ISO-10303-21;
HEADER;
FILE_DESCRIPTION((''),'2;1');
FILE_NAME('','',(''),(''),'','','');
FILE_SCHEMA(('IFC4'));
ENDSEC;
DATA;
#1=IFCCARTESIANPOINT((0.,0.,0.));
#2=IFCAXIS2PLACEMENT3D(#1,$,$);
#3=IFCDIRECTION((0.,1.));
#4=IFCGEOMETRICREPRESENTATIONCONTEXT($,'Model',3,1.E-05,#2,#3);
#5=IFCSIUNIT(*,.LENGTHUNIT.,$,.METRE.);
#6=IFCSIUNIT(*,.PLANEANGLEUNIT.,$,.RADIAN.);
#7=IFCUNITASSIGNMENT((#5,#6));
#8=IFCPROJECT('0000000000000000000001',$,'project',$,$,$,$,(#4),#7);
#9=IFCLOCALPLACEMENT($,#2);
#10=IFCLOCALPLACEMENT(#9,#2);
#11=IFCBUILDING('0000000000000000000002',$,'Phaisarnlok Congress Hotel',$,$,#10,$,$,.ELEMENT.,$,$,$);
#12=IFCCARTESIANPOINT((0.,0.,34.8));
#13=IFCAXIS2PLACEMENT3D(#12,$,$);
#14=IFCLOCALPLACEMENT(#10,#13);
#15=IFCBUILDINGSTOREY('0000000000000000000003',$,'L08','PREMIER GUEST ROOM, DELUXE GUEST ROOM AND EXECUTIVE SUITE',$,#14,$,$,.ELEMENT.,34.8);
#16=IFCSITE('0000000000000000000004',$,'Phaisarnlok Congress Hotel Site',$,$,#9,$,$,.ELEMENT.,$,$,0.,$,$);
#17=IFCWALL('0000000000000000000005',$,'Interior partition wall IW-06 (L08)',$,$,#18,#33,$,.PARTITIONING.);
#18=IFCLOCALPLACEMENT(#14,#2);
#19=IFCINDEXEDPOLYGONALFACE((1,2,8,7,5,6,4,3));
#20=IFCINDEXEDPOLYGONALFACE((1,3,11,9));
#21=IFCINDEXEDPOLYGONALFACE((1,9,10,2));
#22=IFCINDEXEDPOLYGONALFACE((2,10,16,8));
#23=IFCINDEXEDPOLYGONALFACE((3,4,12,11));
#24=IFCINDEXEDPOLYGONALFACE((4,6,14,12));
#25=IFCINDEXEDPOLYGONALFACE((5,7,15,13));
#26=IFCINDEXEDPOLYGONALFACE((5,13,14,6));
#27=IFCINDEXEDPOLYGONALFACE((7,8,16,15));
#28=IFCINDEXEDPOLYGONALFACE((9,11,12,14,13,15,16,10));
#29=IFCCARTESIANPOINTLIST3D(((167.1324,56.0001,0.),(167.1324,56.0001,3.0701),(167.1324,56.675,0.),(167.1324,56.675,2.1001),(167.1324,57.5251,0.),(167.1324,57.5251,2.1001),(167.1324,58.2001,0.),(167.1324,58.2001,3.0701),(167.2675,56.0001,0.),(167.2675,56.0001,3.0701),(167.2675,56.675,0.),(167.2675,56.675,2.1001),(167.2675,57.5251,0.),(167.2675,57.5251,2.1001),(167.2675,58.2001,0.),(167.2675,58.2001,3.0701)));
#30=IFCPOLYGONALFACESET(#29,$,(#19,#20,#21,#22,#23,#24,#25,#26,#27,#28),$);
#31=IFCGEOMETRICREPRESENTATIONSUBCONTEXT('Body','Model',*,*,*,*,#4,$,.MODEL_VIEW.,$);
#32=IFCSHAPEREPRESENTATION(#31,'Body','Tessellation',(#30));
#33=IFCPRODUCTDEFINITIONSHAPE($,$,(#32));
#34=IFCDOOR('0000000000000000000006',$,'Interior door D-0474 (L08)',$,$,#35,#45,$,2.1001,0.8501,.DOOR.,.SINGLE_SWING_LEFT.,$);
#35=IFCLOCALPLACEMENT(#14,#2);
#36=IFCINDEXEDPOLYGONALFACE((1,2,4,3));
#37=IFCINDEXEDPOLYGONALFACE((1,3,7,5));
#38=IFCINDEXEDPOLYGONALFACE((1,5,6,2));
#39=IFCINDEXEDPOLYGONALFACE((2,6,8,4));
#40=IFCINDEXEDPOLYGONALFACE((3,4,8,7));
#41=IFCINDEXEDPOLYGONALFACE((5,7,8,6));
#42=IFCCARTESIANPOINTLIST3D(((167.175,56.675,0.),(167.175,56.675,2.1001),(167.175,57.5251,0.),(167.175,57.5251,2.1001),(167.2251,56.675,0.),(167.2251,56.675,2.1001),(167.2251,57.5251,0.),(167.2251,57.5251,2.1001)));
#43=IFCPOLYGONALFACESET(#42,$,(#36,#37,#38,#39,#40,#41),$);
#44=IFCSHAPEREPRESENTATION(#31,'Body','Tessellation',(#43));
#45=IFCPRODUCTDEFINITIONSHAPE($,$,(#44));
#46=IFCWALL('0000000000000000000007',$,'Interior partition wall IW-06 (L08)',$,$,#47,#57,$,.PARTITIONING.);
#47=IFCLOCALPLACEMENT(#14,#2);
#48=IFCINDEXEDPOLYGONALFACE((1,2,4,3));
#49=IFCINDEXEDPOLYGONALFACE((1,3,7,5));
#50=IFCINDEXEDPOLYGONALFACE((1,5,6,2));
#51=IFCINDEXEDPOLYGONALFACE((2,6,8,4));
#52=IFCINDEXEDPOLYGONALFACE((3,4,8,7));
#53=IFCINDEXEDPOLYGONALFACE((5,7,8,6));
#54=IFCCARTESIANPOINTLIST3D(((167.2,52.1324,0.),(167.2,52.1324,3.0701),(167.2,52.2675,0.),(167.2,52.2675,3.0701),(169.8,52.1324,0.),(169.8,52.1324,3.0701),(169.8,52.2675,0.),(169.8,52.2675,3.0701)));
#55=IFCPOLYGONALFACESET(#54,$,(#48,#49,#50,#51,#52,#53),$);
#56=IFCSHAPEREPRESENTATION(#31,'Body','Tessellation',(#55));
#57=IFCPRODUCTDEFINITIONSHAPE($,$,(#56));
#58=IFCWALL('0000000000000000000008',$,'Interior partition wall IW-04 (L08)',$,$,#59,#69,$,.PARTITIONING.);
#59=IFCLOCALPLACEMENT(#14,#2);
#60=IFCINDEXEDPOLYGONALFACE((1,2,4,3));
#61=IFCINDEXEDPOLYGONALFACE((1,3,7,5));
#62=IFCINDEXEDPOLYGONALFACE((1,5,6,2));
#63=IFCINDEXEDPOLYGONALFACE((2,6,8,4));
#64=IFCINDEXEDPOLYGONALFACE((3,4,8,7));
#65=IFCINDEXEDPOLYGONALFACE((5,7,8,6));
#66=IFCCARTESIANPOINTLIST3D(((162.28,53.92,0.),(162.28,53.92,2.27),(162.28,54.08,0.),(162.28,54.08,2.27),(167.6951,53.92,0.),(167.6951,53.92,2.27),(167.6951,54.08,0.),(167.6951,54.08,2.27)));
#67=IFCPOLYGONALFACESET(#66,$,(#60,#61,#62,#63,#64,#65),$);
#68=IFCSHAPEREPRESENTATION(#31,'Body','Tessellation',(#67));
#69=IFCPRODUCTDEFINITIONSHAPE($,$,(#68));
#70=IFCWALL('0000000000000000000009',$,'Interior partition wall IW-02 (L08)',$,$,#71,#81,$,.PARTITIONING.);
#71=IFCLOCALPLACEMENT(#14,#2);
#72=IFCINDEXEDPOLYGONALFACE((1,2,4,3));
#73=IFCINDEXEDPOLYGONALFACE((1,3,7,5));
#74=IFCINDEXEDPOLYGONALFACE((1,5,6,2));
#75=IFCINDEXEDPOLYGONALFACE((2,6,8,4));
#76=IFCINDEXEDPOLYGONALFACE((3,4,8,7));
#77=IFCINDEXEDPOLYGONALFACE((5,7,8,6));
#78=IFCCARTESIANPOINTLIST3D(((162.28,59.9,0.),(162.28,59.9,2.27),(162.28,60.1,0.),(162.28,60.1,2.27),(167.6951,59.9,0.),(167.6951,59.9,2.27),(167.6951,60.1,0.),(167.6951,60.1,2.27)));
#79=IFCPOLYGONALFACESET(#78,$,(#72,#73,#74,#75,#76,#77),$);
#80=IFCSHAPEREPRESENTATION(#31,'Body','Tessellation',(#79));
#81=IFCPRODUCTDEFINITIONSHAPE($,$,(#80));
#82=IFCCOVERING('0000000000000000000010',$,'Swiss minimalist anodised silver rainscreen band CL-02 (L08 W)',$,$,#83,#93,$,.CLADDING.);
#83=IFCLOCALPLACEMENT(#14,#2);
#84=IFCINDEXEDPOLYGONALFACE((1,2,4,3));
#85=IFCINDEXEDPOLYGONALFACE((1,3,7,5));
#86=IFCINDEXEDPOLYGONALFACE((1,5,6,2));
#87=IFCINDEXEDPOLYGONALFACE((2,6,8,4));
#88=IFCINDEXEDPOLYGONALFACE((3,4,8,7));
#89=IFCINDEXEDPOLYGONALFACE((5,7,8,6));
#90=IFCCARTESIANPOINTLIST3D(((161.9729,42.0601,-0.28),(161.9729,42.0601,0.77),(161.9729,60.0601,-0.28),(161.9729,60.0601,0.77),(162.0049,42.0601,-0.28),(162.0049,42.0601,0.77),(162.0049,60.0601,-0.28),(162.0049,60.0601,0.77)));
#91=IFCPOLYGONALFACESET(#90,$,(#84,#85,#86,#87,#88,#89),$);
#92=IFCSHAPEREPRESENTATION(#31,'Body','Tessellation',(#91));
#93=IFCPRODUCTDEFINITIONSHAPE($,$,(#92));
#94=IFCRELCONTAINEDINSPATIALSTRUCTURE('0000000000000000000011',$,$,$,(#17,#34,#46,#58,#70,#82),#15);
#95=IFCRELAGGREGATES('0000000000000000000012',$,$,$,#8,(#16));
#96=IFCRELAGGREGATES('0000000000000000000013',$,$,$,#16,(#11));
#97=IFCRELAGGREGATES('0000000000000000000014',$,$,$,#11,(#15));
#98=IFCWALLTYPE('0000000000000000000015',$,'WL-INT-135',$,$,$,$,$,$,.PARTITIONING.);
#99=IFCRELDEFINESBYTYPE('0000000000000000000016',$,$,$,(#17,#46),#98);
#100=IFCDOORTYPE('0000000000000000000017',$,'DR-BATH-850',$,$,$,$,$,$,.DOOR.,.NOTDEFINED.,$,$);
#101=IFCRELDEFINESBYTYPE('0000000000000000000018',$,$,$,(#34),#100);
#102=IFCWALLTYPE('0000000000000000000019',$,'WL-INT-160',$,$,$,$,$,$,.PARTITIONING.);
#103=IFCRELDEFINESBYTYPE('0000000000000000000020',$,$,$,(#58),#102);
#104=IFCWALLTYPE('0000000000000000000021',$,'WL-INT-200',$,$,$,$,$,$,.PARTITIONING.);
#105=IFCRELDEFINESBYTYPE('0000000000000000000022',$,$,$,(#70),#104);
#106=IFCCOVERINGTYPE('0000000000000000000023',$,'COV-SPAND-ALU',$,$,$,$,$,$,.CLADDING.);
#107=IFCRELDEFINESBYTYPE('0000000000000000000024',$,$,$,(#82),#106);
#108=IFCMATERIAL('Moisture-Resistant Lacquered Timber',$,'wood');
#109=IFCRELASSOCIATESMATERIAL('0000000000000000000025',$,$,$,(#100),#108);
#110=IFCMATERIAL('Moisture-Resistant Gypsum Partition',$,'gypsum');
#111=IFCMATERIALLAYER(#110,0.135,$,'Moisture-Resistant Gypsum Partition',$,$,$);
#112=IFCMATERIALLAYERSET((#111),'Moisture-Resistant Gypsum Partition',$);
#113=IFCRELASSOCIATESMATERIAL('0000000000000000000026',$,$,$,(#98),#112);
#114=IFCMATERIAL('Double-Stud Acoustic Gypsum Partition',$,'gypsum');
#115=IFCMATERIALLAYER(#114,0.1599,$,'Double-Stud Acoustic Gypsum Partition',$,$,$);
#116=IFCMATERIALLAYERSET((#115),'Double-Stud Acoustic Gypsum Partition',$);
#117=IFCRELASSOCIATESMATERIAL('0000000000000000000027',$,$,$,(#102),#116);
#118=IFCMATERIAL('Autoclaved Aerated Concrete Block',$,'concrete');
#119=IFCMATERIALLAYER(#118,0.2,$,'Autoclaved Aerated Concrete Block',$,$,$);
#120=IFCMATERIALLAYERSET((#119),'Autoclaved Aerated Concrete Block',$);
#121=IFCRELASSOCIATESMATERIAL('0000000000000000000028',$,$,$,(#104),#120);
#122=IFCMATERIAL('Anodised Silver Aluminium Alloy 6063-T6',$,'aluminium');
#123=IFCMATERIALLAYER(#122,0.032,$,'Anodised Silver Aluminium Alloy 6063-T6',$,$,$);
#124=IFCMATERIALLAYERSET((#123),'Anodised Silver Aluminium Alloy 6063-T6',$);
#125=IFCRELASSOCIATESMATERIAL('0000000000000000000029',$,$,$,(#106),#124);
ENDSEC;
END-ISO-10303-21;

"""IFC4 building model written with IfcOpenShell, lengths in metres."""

from ifc_helpers import new_model, si_unit, direction, frame, frame_2d, origin, place, context, subcontext, project, spatial, polyline, rectangle, outline, extrude, material, layer, layer_set, type_object, element, fill, save


model = new_model("IFC4")

# Units and contexts
model_context = context("Model", 3, precision=1e-05, world=origin(), true_north=direction((0.0, 1.0)))
body_context = subcontext(model_context, "Body", "Model", "MODEL_VIEW")
ifc_project = project(units=[si_unit("LENGTHUNIT", "METRE"), si_unit("PLANEANGLEUNIT", "RADIAN")], contexts=[model_context])

# Site, building, storey
site_placement = place(None, origin())
site = spatial("IfcSite", under=ifc_project, at=site_placement, Name="Phaisarnlok Congress Hotel Site", CompositionType="ELEMENT", RefElevation=0.0)
building_placement = place(site_placement, origin())
building = spatial("IfcBuilding", under=site, at=building_placement, Name="Phaisarnlok Congress Hotel", CompositionType="ELEMENT")
storey_placement = place(building_placement, frame((0.0, 0.0, 34.8)))
storey = spatial("IfcBuildingStorey", under=building, at=storey_placement, Name="L08", Description="PREMIER GUEST ROOM, DELUXE GUEST ROOM AND EXECUTIVE SUITE", CompositionType="ELEMENT", Elevation=34.8)

# Shared definitions
ifc_material_1 = material(Name="Moisture-Resistant Lacquered Timber", Category="wood")
door_type = type_object("IfcDoorType", Name="DR-BATH-850", OperationType="NOTDEFINED", PredefinedType="DOOR", material=ifc_material_1)

# Wall, opening, door
ifc_material_2 = material(Name="Moisture-Resistant Gypsum Partition", Category="gypsum")
ifc_layer_1 = layer(ifc_material_2, 0.135, Name="Moisture-Resistant Gypsum Partition")
ifc_layer_set_1 = layer_set([ifc_layer_1], Name="Moisture-Resistant Gypsum Partition")
wall_type_1 = type_object("IfcWallType", Name="WL-INT-135", PredefinedType="PARTITIONING", material=ifc_layer_set_1)
wall_1_placement = place(storey_placement, frame((167.2, 56.0, 0.0), z_axis=(0.0, 0.0, 1.0), x_axis=(0.0, 1.0, 0.0)))
wall_1 = element("IfcWall", 1, at=wall_1_placement, inside=storey, type_object=wall_type_1, Name="Interior partition wall IW-06 (L08)", PredefinedType="PARTITIONING", context=body_context, shape_type="SweptSolid", body=[
    extrude(rectangle(XDim=2.2, YDim=0.135, at=frame_2d((1.1001, 0.0))), origin(), (0.0, 0.0, 1.0), 3.0701),
])
opening_1_placement = place(wall_1_placement, frame((0.675, 0.0, 0.0)))
opening_1 = element("IfcOpeningElement", 2, at=opening_1_placement, cuts=wall_1, PredefinedType="OPENING", context=body_context, shape_type="SweptSolid", body=[
    extrude(rectangle(XDim=0.8501, YDim=2.1001, at=frame_2d((0.425, 1.05))), frame((0.0, 0.0776, 0.0), z_axis=(0.0, -1.0, 0.0), x_axis=(1.0, 0.0, 0.0)), (0.0, 0.0, 1.0), 0.155),
])
door_1_placement = place(opening_1_placement, origin())
door_1 = element("IfcDoor", 3, at=door_1_placement, inside=storey, type_object=door_type, Name="Interior door D-0474 (L08)", OperationType="SINGLE_SWING_LEFT", OverallHeight=2.1001, OverallWidth=0.8501, PredefinedType="DOOR", context=body_context, shape_type="SweptSolid", body=[
    extrude(rectangle(XDim=0.8501, YDim=2.1001, at=frame_2d((0.425, 1.05))), frame((0.0, 0.0249, 0.0), z_axis=(0.0, -1.0, 0.0), x_axis=(1.0, 0.0, 0.0)), (0.0, 0.0, 1.0), 0.05),
])
fill(opening_1, door_1)

# Walls
wall_2_placement = place(storey_placement, frame((167.2, 52.2, 0.0), z_axis=(0.0, 0.0, 1.0), x_axis=(1.0, 0.0, 0.0)))
element("IfcWall", 4, at=wall_2_placement, inside=storey, type_object=wall_type_1, Name="Interior partition wall IW-06 (L08)", PredefinedType="PARTITIONING", context=body_context, shape_type="SweptSolid", body=[
    extrude(rectangle(XDim=2.6001, YDim=0.135, at=frame_2d((1.3, 0.0))), origin(), (0.0, 0.0, 1.0), 3.0701),
])
ifc_material_3 = material(Name="Double-Stud Acoustic Gypsum Partition", Category="gypsum")
ifc_layer_2 = layer(ifc_material_3, 0.1599, Name="Double-Stud Acoustic Gypsum Partition")
ifc_layer_set_2 = layer_set([ifc_layer_2], Name="Double-Stud Acoustic Gypsum Partition")
wall_type_2 = type_object("IfcWallType", Name="WL-INT-160", PredefinedType="PARTITIONING", material=ifc_layer_set_2)
wall_3_placement = place(storey_placement, frame((162.28, 54.0, 0.0), z_axis=(0.0, 0.0, 1.0), x_axis=(1.0, 0.0, 0.0)))
element("IfcWall", 5, at=wall_3_placement, inside=storey, type_object=wall_type_2, Name="Interior partition wall IW-04 (L08)", PredefinedType="PARTITIONING", context=body_context, shape_type="SweptSolid", body=[
    extrude(rectangle(XDim=5.415, YDim=0.1599, at=frame_2d((2.7075, 0.0))), origin(), (0.0, 0.0, 1.0), 2.27),
])
ifc_material_4 = material(Name="Autoclaved Aerated Concrete Block", Category="concrete")
ifc_layer_3 = layer(ifc_material_4, 0.2, Name="Autoclaved Aerated Concrete Block")
ifc_layer_set_3 = layer_set([ifc_layer_3], Name="Autoclaved Aerated Concrete Block")
wall_type_3 = type_object("IfcWallType", Name="WL-INT-200", PredefinedType="PARTITIONING", material=ifc_layer_set_3)
wall_4_placement = place(storey_placement, frame((162.28, 60.0, 0.0), z_axis=(0.0, 0.0, 1.0), x_axis=(1.0, 0.0, 0.0)))
element("IfcWall", 6, at=wall_4_placement, inside=storey, type_object=wall_type_3, Name="Interior partition wall IW-02 (L08)", PredefinedType="PARTITIONING", context=body_context, shape_type="SweptSolid", body=[
    extrude(rectangle(XDim=5.415, YDim=0.2, at=frame_2d((2.7075, 0.0))), origin(), (0.0, 0.0, 1.0), 2.27),
])

# Covering
ifc_material_5 = material(Name="Anodised Silver Aluminium Alloy 6063-T6", Category="aluminium")
ifc_layer_4 = layer(ifc_material_5, 0.032, Name="Anodised Silver Aluminium Alloy 6063-T6")
ifc_layer_set_4 = layer_set([ifc_layer_4], Name="Anodised Silver Aluminium Alloy 6063-T6")
covering_type = type_object("IfcCoveringType", Name="COV-SPAND-ALU", PredefinedType="CLADDING", material=ifc_layer_set_4)
covering_placement = place(storey_placement, frame((162.0049, 60.0601, -0.28), z_axis=(-1.0, 0.0, 0.0), x_axis=(0.0, -1.0, 0.0)))
element("IfcCovering", 7, at=covering_placement, inside=storey, type_object=covering_type, Name="Swiss minimalist anodised silver rainscreen band CL-02 (L08 W)", PredefinedType="CLADDING", context=body_context, shape_type="SweptSolid", body=[
    extrude(outline(polyline([(0.0, 0.0), (18.0, 0.0), (18.0, 1.05), (0.0, 1.05), (0.0, 0.0)])), origin(), (0.0, 0.0, 1.0), 0.032),
])

save(model, "model.ifc")
